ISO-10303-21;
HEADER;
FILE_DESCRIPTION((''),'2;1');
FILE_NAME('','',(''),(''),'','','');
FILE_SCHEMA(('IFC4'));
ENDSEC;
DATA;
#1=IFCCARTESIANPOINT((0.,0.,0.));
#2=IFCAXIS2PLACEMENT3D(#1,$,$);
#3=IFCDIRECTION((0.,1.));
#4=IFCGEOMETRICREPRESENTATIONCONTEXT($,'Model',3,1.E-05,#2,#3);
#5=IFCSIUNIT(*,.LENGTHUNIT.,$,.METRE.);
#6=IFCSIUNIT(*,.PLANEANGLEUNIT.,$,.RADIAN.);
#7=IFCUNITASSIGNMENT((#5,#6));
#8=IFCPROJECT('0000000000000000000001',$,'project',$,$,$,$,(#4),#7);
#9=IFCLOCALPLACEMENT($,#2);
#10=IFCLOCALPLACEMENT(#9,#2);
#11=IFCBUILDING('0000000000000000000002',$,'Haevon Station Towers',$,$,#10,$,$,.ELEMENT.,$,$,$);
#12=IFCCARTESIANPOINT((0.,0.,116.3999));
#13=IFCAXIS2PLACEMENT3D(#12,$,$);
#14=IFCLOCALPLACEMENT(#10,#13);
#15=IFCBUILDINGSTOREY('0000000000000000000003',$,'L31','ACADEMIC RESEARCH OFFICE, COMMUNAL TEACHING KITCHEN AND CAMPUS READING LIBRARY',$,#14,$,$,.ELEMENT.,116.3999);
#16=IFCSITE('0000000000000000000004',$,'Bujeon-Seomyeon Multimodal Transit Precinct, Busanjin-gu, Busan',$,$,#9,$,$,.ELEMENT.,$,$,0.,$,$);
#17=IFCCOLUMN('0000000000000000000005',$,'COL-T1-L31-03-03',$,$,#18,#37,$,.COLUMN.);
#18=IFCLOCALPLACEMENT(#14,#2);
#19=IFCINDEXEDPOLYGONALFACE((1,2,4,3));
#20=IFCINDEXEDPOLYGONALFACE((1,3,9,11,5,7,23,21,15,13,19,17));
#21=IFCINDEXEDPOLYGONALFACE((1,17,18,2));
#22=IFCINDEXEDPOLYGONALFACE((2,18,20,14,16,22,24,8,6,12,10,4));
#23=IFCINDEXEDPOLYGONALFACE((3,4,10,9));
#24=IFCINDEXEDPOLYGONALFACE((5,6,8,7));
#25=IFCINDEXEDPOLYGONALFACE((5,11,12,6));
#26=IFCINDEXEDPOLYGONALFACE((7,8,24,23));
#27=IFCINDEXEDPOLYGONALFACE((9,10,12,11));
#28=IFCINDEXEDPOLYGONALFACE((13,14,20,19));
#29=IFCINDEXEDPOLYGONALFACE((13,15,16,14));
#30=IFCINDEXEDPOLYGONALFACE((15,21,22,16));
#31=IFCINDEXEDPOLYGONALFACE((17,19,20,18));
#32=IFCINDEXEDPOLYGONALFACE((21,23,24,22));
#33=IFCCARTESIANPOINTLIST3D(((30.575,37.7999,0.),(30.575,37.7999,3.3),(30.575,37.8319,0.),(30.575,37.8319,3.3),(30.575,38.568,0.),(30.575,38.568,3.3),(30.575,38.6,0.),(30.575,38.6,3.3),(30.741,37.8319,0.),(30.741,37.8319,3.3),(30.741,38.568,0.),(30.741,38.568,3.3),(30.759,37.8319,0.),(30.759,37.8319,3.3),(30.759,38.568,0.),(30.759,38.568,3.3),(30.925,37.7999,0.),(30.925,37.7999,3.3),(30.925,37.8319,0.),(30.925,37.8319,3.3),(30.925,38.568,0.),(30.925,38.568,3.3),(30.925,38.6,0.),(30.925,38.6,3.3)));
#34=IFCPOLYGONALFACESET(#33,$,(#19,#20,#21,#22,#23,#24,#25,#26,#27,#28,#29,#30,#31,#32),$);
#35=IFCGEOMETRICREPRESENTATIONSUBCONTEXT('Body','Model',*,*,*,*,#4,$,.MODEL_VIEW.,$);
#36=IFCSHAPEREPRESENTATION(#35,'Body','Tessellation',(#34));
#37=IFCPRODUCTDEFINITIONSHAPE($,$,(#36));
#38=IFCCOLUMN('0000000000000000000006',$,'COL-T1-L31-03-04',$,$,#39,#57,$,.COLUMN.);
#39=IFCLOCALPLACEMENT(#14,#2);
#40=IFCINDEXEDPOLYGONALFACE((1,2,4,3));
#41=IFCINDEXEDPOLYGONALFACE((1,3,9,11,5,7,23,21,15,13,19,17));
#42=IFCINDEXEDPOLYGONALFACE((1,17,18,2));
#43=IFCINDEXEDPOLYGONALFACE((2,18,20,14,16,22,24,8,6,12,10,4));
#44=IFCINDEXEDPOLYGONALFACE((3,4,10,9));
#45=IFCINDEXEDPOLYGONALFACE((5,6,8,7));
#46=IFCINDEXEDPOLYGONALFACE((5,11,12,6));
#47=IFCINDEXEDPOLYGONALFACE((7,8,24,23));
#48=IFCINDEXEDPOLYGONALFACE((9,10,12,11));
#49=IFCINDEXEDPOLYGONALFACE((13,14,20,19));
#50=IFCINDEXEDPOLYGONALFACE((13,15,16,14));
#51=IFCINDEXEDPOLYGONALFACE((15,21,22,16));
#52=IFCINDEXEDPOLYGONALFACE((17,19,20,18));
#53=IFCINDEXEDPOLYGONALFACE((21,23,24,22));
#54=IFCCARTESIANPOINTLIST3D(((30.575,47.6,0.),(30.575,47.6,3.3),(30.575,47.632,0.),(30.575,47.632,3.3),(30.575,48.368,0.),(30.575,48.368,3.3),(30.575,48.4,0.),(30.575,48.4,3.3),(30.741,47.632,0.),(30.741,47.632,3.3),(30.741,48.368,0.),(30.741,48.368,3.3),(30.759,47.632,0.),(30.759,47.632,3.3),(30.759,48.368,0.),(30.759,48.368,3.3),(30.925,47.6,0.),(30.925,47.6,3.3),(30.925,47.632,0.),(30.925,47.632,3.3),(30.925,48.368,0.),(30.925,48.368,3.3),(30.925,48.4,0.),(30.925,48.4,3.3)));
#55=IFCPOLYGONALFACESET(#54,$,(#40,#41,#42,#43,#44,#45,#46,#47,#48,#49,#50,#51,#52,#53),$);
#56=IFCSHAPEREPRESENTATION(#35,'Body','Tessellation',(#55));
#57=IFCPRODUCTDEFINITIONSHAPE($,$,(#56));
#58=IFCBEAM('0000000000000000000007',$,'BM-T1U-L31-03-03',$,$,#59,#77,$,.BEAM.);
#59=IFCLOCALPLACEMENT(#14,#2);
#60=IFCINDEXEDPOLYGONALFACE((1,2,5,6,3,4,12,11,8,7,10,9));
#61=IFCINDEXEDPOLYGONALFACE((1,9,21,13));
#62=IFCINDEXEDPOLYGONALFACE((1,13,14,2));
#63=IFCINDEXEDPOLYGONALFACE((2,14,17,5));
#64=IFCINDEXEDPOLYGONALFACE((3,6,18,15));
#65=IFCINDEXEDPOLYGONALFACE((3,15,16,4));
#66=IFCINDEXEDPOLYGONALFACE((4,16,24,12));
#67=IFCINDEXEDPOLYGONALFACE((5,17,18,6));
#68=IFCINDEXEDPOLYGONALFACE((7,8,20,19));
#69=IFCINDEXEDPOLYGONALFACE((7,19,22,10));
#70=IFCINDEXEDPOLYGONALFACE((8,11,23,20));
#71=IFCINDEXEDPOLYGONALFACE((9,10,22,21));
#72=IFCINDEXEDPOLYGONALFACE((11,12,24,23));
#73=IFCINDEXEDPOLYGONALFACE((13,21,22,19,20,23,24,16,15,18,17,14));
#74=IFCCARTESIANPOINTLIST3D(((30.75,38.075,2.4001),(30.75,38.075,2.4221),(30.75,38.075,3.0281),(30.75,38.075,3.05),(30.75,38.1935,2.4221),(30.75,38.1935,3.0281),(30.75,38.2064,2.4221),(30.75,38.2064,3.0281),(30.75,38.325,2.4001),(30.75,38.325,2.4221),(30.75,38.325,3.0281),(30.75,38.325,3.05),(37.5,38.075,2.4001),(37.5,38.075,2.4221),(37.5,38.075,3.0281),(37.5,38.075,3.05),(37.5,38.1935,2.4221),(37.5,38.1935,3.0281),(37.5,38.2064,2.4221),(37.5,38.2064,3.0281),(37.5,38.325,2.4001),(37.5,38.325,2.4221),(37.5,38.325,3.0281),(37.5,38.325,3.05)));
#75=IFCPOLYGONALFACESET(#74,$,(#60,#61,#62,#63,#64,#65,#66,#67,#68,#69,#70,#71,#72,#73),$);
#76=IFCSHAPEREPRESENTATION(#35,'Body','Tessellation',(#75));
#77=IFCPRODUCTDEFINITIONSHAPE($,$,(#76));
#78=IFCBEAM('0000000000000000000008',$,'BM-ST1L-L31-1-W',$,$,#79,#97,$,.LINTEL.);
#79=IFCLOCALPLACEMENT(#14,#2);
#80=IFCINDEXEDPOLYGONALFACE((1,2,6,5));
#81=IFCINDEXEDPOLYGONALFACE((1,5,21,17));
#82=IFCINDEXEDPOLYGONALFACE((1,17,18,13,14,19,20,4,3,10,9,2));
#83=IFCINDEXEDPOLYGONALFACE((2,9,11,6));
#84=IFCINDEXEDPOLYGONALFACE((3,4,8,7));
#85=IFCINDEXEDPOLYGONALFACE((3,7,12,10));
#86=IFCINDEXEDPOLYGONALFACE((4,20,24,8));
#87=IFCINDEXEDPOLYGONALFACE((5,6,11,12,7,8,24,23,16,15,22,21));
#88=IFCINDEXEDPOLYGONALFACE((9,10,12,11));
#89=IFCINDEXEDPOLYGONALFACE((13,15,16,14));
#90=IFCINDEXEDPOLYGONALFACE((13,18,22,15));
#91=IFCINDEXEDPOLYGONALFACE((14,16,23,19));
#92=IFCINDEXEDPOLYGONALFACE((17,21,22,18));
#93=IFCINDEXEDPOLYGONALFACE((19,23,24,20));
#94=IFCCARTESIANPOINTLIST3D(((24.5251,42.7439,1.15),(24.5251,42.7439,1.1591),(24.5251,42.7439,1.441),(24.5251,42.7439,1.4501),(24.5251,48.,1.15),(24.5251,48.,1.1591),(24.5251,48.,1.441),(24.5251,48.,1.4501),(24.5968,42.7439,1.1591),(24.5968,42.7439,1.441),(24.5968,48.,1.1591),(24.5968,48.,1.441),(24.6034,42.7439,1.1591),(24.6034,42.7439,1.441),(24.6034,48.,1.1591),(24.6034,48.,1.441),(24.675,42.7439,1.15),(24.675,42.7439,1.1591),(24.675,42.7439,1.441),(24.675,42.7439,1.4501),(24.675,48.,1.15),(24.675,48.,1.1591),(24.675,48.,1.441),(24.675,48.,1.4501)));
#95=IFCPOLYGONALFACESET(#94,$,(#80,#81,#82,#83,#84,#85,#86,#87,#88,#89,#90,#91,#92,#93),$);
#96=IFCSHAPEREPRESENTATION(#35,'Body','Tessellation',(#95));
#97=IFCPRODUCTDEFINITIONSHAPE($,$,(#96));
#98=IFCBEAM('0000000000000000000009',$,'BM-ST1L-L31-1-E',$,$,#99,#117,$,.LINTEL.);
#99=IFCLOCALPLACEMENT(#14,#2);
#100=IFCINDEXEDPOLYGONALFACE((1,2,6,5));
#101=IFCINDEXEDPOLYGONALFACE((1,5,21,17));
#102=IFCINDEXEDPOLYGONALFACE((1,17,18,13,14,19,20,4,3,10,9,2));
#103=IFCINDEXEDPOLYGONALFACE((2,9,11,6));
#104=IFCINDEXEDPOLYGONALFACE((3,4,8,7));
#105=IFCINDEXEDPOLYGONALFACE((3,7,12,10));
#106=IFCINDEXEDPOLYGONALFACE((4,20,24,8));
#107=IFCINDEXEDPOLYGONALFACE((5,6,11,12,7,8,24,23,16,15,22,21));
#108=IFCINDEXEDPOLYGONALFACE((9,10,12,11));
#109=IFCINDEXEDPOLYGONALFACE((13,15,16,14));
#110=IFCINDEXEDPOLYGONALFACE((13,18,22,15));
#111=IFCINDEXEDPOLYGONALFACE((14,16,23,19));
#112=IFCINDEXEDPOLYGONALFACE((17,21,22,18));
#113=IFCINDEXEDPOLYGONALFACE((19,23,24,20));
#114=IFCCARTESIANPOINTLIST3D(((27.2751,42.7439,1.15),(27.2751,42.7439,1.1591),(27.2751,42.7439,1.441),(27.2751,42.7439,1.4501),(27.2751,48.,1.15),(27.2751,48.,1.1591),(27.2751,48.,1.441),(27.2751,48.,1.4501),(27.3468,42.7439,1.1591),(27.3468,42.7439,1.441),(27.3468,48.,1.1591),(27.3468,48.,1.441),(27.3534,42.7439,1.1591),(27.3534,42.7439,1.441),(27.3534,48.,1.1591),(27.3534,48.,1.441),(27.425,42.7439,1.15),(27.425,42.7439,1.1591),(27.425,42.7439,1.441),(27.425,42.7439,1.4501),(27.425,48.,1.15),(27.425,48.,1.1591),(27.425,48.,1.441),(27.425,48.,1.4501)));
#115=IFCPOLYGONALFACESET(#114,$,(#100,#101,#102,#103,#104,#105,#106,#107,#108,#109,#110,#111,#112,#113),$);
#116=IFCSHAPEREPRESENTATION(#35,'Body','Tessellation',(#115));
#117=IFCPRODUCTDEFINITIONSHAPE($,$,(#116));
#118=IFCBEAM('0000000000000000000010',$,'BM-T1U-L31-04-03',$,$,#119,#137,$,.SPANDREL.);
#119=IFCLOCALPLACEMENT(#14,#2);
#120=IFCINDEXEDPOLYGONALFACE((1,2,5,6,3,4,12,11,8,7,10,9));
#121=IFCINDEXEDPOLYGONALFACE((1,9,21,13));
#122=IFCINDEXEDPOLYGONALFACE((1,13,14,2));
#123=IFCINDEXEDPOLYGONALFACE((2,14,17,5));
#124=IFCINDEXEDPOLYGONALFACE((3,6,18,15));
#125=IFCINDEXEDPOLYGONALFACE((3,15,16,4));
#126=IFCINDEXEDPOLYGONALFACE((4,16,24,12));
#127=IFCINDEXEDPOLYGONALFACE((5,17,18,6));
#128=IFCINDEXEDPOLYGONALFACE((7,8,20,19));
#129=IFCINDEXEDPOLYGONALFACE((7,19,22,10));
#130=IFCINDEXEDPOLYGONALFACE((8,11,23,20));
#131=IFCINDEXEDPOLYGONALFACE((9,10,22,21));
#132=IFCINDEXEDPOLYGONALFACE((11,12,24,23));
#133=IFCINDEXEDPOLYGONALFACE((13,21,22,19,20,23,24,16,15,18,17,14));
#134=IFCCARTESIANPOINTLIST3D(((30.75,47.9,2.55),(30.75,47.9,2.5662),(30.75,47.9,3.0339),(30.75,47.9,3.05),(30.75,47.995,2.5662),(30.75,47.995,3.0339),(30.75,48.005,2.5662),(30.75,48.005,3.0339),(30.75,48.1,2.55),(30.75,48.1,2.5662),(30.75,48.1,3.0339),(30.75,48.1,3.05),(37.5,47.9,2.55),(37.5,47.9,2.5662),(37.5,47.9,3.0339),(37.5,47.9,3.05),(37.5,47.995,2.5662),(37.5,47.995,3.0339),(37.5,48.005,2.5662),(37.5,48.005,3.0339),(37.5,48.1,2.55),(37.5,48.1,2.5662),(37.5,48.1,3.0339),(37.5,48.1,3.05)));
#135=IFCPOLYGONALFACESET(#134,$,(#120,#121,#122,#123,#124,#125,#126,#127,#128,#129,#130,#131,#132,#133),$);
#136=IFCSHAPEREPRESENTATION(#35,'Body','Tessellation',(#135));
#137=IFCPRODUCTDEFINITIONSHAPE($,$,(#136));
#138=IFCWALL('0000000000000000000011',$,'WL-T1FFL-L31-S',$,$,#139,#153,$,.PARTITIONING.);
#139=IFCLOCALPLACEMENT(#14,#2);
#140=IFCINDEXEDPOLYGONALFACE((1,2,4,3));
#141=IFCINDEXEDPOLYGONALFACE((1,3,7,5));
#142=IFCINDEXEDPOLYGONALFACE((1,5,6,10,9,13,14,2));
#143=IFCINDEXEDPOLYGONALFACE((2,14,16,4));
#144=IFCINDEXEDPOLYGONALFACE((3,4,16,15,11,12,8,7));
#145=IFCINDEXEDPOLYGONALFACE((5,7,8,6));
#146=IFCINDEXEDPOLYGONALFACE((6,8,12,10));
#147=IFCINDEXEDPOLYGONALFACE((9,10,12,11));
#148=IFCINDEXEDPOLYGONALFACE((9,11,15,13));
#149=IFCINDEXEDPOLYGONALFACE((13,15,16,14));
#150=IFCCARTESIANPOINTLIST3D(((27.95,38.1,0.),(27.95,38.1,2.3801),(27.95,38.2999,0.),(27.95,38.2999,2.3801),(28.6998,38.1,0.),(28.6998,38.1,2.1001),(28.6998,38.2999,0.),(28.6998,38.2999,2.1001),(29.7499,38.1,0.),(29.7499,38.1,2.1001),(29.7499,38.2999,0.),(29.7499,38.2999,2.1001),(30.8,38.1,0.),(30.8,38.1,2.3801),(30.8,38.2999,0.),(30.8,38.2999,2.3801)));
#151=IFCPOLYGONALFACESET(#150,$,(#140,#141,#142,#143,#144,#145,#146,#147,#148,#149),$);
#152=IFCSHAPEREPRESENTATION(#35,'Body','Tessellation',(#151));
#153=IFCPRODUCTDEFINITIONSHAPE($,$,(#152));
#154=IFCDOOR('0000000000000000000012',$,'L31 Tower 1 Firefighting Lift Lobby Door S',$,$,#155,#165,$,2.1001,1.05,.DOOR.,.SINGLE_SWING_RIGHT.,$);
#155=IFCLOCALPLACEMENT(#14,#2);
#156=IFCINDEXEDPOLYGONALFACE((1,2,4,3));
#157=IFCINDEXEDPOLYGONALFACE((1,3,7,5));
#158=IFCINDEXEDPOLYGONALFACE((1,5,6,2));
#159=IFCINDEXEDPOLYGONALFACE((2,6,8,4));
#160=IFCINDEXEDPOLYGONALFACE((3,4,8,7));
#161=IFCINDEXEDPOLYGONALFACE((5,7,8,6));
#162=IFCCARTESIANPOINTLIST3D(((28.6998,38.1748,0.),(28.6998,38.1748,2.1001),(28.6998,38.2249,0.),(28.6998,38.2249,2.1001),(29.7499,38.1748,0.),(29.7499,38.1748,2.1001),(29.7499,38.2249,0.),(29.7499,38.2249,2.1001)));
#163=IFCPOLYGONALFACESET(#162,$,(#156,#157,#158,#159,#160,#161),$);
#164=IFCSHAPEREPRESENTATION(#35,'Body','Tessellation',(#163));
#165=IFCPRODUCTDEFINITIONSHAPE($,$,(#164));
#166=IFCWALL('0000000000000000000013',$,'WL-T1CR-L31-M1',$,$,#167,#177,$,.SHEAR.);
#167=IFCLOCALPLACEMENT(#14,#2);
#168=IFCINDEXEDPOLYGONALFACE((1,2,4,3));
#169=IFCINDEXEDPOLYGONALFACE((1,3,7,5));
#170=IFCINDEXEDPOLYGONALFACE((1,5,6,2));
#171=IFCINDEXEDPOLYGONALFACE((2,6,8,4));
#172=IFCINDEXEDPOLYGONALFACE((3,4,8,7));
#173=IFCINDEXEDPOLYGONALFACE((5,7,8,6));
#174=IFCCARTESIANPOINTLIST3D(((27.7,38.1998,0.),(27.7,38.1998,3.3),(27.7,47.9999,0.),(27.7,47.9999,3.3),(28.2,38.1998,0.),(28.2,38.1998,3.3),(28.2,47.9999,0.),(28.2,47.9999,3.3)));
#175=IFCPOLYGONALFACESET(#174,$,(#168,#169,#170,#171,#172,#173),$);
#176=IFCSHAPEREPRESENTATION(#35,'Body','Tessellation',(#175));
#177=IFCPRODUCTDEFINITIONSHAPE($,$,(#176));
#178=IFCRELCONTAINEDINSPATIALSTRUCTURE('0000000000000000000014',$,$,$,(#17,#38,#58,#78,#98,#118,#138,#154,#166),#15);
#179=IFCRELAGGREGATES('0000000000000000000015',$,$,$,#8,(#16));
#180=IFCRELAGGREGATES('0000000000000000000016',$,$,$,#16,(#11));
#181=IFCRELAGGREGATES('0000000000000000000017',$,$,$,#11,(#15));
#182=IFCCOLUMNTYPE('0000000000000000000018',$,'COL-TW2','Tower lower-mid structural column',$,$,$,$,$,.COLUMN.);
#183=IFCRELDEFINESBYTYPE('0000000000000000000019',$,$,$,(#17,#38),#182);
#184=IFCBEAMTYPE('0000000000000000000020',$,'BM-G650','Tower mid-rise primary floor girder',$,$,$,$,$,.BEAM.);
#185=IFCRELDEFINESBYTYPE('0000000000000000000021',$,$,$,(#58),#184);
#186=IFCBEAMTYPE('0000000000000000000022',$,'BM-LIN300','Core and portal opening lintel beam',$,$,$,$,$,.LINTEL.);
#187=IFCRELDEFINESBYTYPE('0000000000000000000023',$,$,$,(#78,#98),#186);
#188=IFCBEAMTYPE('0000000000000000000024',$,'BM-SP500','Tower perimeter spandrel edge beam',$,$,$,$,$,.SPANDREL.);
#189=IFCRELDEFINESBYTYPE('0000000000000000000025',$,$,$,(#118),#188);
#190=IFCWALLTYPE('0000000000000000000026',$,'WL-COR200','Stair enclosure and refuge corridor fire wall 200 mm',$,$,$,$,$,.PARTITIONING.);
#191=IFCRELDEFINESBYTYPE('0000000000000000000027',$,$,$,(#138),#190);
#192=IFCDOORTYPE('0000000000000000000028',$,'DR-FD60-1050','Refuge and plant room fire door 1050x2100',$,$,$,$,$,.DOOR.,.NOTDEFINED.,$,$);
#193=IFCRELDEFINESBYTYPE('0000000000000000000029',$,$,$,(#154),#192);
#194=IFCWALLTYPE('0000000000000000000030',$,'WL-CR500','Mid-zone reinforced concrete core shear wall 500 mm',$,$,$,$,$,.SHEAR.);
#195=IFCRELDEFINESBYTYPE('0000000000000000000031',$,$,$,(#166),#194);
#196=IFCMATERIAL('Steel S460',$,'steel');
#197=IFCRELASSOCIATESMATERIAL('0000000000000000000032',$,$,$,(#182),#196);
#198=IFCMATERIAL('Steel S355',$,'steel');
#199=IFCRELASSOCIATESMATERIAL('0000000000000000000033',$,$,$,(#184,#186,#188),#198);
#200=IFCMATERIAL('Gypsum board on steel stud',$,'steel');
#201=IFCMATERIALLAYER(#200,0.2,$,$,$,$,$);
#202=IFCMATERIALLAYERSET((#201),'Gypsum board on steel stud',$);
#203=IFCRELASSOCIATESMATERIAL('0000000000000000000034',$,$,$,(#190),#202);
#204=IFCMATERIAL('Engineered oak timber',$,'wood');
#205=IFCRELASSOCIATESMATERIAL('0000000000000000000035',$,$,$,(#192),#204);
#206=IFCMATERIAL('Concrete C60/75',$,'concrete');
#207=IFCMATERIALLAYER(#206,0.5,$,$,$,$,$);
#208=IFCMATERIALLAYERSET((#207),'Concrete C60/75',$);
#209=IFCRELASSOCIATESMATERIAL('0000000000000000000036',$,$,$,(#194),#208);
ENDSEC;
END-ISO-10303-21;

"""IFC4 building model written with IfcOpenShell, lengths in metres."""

from ifc_helpers import new_model, si_unit, direction, frame, frame_2d, origin, origin_2d, place, context, subcontext, project, spatial, rectangle, i_section, extrude, material, layer, layer_set, material_profile, profile_set, type_object, element, fill, save


model = new_model("IFC4")

# Units and contexts
model_context = context("Model", 3, precision=1e-05, world=origin(), true_north=direction((0.0, 1.0)))
body_context = subcontext(model_context, "Body", "Model", "MODEL_VIEW")
ifc_project = project(units=[si_unit("LENGTHUNIT", "METRE"), si_unit("PLANEANGLEUNIT", "RADIAN")], contexts=[model_context])

# Site, building, storey
site_placement = place(None, origin())
site = spatial("IfcSite", under=ifc_project, at=site_placement, Name="Bujeon-Seomyeon Multimodal Transit Precinct, Busanjin-gu, Busan", CompositionType="ELEMENT", RefElevation=0.0)
building_placement = place(site_placement, origin())
building = spatial("IfcBuilding", under=site, at=building_placement, Name="Haevon Station Towers", CompositionType="ELEMENT")
storey_placement = place(building_placement, frame((0.0, 0.0, 116.3999)))
storey = spatial("IfcBuildingStorey", under=building, at=storey_placement, Name="L31", Description="ACADEMIC RESEARCH OFFICE, COMMUNAL TEACHING KITCHEN AND CAMPUS READING LIBRARY", CompositionType="ELEMENT", Elevation=116.3999)

# Columns
ifc_material_1 = material(Name="Steel S460", Category="steel")
ifc_material_profile_1 = material_profile(ifc_material_1, i_section(OverallWidth=0.3501, OverallDepth=0.8, WebThickness=0.0181, FlangeThickness=0.032, at=origin_2d()), Name="H-800x350x18x32")
ifc_profile_set_1 = profile_set([ifc_material_profile_1], Name="Steel S460")
column_type = type_object("IfcColumnType", Name="COL-TW2", Description="Tower lower-mid structural column", PredefinedType="COLUMN", material=ifc_profile_set_1)
for number, where, z_axis, x_axis, name in (
    (1, (30.75, 38.2, 0.0), (0.0, 0.0, 1.0), (1.0, 0.0, 0.0), "COL-T1-L31-03-03"),
    (2, (30.75, 48.0, 0.0), (0.0, 0.0, 1.0), (1.0, 0.0, 0.0), "COL-T1-L31-03-04"),
):
    element("IfcColumn", number, at=place(storey_placement, frame(where, z_axis=z_axis, x_axis=x_axis)), inside=storey, type_object=column_type, Name=name, PredefinedType="COLUMN", context=body_context, shape_type="SweptSolid", body=[
        extrude(i_section(OverallWidth=0.3501, OverallDepth=0.8, WebThickness=0.0181, FlangeThickness=0.032, at=origin_2d()), origin(), (0.0, 0.0, 1.0), 3.3),
    ])

# Beams
ifc_material_2 = material(Name="Steel S355", Category="steel")
ifc_material_profile_2 = material_profile(ifc_material_2, i_section(OverallWidth=0.25, OverallDepth=0.6499, WebThickness=0.0129, FlangeThickness=0.022, at=origin_2d()), Name="H-650x250x13x22")
ifc_profile_set_2 = profile_set([ifc_material_profile_2], Name="Steel S355")
beam_type_1 = type_object("IfcBeamType", Name="BM-G650", Description="Tower mid-rise primary floor girder", PredefinedType="BEAM", material=ifc_profile_set_2)
beam_1_placement = place(storey_placement, frame((30.75, 38.2, 2.7251), z_axis=(1.0, 0.0, 0.0), x_axis=(0.0, 1.0, 0.0)))
element("IfcBeam", 3, at=beam_1_placement, inside=storey, type_object=beam_type_1, Name="BM-T1U-L31-03-03", PredefinedType="BEAM", context=body_context, shape_type="SweptSolid", body=[
    extrude(i_section(OverallWidth=0.25, OverallDepth=0.6499, WebThickness=0.0129, FlangeThickness=0.022, at=origin_2d()), origin(), (0.0, 0.0, 1.0), 6.75),
])
ifc_material_profile_3 = material_profile(ifc_material_2, i_section(OverallWidth=0.1499, OverallDepth=0.3, WebThickness=0.0066, FlangeThickness=0.009, at=origin_2d()), Name="H-300x150x6.5x9")
ifc_profile_set_3 = profile_set([ifc_material_profile_3], Name="Steel S355")
beam_type_2 = type_object("IfcBeamType", Name="BM-LIN300", Description="Core and portal opening lintel beam", PredefinedType="LINTEL", material=ifc_profile_set_3)
for number, where, z_axis, x_axis, name in (
    (4, (24.6001, 42.7439, 1.3), (0.0, 1.0, 0.0), (-1.0, 0.0, 0.0), "BM-ST1L-L31-1-W"),
    (5, (27.3501, 42.7439, 1.3), (0.0, 1.0, 0.0), (-1.0, 0.0, 0.0), "BM-ST1L-L31-1-E"),
):
    element("IfcBeam", number, at=place(storey_placement, frame(where, z_axis=z_axis, x_axis=x_axis)), inside=storey, type_object=beam_type_2, Name=name, PredefinedType="LINTEL", context=body_context, shape_type="SweptSolid", body=[
        extrude(i_section(OverallWidth=0.1499, OverallDepth=0.3, WebThickness=0.0066, FlangeThickness=0.009, at=origin_2d()), origin(), (0.0, 0.0, 1.0), 5.2561),
    ])
ifc_material_profile_4 = material_profile(ifc_material_2, i_section(OverallWidth=0.2, OverallDepth=0.5, WebThickness=0.01, FlangeThickness=0.0161, at=origin_2d()), Name="H-500x200x10x16")
ifc_profile_set_4 = profile_set([ifc_material_profile_4], Name="Steel S355")
beam_type_3 = type_object("IfcBeamType", Name="BM-SP500", Description="Tower perimeter spandrel edge beam", PredefinedType="SPANDREL", material=ifc_profile_set_4)
beam_2_placement = place(storey_placement, frame((30.75, 48.0, 2.8), z_axis=(1.0, 0.0, 0.0), x_axis=(0.0, 1.0, 0.0)))
element("IfcBeam", 6, at=beam_2_placement, inside=storey, type_object=beam_type_3, Name="BM-T1U-L31-04-03", PredefinedType="SPANDREL", context=body_context, shape_type="SweptSolid", body=[
    extrude(i_section(OverallWidth=0.2, OverallDepth=0.5, WebThickness=0.01, FlangeThickness=0.0161, at=origin_2d()), origin(), (0.0, 0.0, 1.0), 6.75),
])

# Wall, opening, door
ifc_material_3 = material(Name="Gypsum board on steel stud", Category="steel")
ifc_layer_1 = layer(ifc_material_3, 0.2)
ifc_layer_set_1 = layer_set([ifc_layer_1], Name="Gypsum board on steel stud")
wall_type_1 = type_object("IfcWallType", Name="WL-COR200", Description="Stair enclosure and refuge corridor fire wall 200 mm", PredefinedType="PARTITIONING", material=ifc_layer_set_1)
wall_1_placement = place(storey_placement, frame((27.95, 38.2, 0.0), z_axis=(0.0, 0.0, 1.0), x_axis=(1.0, 0.0, 0.0)))
wall_1 = element("IfcWall", 7, at=wall_1_placement, inside=storey, type_object=wall_type_1, Name="WL-T1FFL-L31-S", PredefinedType="PARTITIONING", context=body_context, shape_type="SweptSolid", body=[
    extrude(rectangle(XDim=2.8501, YDim=0.2, at=frame_2d((1.425, 0.0))), origin(), (0.0, 0.0, 1.0), 2.3801),
])
opening_1_placement = place(wall_1_placement, frame((0.75, 0.0, 0.0)))
opening_1 = element("IfcOpeningElement", 8, at=opening_1_placement, cuts=wall_1, PredefinedType="OPENING", context=body_context, shape_type="SweptSolid", body=[
    extrude(rectangle(XDim=1.05, YDim=2.1001, at=frame_2d((0.5249, 1.05))), frame((0.0, 0.1099, 0.0), z_axis=(0.0, -1.0, 0.0), x_axis=(1.0, 0.0, 0.0)), (0.0, 0.0, 1.0), 0.22),
])
ifc_material_4 = material(Name="Engineered oak timber", Category="wood")
door_type_1 = type_object("IfcDoorType", Name="DR-FD60-1050", Description="Refuge and plant room fire door 1050x2100", OperationType="NOTDEFINED", PredefinedType="DOOR", material=ifc_material_4)
door_1_placement = place(opening_1_placement, origin())
door_1 = element("IfcDoor", 9, at=door_1_placement, inside=storey, type_object=door_type_1, Name="L31 Tower 1 Firefighting Lift Lobby Door S", OperationType="SINGLE_SWING_RIGHT", OverallHeight=2.1001, OverallWidth=1.05, PredefinedType="DOOR", context=body_context, shape_type="SweptSolid", body=[
    extrude(rectangle(XDim=1.05, YDim=2.1001, at=frame_2d((0.5249, 1.05))), frame((0.0, 0.0249, 0.0), z_axis=(0.0, -1.0, 0.0), x_axis=(1.0, 0.0, 0.0)), (0.0, 0.0, 1.0), 0.05),
])
fill(opening_1, door_1)

# Wall
ifc_material_5 = material(Name="Concrete C60/75", Category="concrete")
ifc_layer_2 = layer(ifc_material_5, 0.5)
ifc_layer_set_2 = layer_set([ifc_layer_2], Name="Concrete C60/75")
wall_type_2 = type_object("IfcWallType", Name="WL-CR500", Description="Mid-zone reinforced concrete core shear wall 500 mm", PredefinedType="SHEAR", material=ifc_layer_set_2)
wall_2_placement = place(storey_placement, frame((27.95, 38.2, 0.0), z_axis=(0.0, 0.0, 1.0), x_axis=(0.0, 1.0, 0.0)))
element("IfcWall", 10, at=wall_2_placement, inside=storey, type_object=wall_type_2, Name="WL-T1CR-L31-M1", PredefinedType="SHEAR", context=body_context, shape_type="SweptSolid", body=[
    extrude(rectangle(XDim=9.8, YDim=0.5, at=frame_2d((4.8999, 0.0))), origin(), (0.0, 0.0, 1.0), 3.3),
])

save(model, "model.ifc")
